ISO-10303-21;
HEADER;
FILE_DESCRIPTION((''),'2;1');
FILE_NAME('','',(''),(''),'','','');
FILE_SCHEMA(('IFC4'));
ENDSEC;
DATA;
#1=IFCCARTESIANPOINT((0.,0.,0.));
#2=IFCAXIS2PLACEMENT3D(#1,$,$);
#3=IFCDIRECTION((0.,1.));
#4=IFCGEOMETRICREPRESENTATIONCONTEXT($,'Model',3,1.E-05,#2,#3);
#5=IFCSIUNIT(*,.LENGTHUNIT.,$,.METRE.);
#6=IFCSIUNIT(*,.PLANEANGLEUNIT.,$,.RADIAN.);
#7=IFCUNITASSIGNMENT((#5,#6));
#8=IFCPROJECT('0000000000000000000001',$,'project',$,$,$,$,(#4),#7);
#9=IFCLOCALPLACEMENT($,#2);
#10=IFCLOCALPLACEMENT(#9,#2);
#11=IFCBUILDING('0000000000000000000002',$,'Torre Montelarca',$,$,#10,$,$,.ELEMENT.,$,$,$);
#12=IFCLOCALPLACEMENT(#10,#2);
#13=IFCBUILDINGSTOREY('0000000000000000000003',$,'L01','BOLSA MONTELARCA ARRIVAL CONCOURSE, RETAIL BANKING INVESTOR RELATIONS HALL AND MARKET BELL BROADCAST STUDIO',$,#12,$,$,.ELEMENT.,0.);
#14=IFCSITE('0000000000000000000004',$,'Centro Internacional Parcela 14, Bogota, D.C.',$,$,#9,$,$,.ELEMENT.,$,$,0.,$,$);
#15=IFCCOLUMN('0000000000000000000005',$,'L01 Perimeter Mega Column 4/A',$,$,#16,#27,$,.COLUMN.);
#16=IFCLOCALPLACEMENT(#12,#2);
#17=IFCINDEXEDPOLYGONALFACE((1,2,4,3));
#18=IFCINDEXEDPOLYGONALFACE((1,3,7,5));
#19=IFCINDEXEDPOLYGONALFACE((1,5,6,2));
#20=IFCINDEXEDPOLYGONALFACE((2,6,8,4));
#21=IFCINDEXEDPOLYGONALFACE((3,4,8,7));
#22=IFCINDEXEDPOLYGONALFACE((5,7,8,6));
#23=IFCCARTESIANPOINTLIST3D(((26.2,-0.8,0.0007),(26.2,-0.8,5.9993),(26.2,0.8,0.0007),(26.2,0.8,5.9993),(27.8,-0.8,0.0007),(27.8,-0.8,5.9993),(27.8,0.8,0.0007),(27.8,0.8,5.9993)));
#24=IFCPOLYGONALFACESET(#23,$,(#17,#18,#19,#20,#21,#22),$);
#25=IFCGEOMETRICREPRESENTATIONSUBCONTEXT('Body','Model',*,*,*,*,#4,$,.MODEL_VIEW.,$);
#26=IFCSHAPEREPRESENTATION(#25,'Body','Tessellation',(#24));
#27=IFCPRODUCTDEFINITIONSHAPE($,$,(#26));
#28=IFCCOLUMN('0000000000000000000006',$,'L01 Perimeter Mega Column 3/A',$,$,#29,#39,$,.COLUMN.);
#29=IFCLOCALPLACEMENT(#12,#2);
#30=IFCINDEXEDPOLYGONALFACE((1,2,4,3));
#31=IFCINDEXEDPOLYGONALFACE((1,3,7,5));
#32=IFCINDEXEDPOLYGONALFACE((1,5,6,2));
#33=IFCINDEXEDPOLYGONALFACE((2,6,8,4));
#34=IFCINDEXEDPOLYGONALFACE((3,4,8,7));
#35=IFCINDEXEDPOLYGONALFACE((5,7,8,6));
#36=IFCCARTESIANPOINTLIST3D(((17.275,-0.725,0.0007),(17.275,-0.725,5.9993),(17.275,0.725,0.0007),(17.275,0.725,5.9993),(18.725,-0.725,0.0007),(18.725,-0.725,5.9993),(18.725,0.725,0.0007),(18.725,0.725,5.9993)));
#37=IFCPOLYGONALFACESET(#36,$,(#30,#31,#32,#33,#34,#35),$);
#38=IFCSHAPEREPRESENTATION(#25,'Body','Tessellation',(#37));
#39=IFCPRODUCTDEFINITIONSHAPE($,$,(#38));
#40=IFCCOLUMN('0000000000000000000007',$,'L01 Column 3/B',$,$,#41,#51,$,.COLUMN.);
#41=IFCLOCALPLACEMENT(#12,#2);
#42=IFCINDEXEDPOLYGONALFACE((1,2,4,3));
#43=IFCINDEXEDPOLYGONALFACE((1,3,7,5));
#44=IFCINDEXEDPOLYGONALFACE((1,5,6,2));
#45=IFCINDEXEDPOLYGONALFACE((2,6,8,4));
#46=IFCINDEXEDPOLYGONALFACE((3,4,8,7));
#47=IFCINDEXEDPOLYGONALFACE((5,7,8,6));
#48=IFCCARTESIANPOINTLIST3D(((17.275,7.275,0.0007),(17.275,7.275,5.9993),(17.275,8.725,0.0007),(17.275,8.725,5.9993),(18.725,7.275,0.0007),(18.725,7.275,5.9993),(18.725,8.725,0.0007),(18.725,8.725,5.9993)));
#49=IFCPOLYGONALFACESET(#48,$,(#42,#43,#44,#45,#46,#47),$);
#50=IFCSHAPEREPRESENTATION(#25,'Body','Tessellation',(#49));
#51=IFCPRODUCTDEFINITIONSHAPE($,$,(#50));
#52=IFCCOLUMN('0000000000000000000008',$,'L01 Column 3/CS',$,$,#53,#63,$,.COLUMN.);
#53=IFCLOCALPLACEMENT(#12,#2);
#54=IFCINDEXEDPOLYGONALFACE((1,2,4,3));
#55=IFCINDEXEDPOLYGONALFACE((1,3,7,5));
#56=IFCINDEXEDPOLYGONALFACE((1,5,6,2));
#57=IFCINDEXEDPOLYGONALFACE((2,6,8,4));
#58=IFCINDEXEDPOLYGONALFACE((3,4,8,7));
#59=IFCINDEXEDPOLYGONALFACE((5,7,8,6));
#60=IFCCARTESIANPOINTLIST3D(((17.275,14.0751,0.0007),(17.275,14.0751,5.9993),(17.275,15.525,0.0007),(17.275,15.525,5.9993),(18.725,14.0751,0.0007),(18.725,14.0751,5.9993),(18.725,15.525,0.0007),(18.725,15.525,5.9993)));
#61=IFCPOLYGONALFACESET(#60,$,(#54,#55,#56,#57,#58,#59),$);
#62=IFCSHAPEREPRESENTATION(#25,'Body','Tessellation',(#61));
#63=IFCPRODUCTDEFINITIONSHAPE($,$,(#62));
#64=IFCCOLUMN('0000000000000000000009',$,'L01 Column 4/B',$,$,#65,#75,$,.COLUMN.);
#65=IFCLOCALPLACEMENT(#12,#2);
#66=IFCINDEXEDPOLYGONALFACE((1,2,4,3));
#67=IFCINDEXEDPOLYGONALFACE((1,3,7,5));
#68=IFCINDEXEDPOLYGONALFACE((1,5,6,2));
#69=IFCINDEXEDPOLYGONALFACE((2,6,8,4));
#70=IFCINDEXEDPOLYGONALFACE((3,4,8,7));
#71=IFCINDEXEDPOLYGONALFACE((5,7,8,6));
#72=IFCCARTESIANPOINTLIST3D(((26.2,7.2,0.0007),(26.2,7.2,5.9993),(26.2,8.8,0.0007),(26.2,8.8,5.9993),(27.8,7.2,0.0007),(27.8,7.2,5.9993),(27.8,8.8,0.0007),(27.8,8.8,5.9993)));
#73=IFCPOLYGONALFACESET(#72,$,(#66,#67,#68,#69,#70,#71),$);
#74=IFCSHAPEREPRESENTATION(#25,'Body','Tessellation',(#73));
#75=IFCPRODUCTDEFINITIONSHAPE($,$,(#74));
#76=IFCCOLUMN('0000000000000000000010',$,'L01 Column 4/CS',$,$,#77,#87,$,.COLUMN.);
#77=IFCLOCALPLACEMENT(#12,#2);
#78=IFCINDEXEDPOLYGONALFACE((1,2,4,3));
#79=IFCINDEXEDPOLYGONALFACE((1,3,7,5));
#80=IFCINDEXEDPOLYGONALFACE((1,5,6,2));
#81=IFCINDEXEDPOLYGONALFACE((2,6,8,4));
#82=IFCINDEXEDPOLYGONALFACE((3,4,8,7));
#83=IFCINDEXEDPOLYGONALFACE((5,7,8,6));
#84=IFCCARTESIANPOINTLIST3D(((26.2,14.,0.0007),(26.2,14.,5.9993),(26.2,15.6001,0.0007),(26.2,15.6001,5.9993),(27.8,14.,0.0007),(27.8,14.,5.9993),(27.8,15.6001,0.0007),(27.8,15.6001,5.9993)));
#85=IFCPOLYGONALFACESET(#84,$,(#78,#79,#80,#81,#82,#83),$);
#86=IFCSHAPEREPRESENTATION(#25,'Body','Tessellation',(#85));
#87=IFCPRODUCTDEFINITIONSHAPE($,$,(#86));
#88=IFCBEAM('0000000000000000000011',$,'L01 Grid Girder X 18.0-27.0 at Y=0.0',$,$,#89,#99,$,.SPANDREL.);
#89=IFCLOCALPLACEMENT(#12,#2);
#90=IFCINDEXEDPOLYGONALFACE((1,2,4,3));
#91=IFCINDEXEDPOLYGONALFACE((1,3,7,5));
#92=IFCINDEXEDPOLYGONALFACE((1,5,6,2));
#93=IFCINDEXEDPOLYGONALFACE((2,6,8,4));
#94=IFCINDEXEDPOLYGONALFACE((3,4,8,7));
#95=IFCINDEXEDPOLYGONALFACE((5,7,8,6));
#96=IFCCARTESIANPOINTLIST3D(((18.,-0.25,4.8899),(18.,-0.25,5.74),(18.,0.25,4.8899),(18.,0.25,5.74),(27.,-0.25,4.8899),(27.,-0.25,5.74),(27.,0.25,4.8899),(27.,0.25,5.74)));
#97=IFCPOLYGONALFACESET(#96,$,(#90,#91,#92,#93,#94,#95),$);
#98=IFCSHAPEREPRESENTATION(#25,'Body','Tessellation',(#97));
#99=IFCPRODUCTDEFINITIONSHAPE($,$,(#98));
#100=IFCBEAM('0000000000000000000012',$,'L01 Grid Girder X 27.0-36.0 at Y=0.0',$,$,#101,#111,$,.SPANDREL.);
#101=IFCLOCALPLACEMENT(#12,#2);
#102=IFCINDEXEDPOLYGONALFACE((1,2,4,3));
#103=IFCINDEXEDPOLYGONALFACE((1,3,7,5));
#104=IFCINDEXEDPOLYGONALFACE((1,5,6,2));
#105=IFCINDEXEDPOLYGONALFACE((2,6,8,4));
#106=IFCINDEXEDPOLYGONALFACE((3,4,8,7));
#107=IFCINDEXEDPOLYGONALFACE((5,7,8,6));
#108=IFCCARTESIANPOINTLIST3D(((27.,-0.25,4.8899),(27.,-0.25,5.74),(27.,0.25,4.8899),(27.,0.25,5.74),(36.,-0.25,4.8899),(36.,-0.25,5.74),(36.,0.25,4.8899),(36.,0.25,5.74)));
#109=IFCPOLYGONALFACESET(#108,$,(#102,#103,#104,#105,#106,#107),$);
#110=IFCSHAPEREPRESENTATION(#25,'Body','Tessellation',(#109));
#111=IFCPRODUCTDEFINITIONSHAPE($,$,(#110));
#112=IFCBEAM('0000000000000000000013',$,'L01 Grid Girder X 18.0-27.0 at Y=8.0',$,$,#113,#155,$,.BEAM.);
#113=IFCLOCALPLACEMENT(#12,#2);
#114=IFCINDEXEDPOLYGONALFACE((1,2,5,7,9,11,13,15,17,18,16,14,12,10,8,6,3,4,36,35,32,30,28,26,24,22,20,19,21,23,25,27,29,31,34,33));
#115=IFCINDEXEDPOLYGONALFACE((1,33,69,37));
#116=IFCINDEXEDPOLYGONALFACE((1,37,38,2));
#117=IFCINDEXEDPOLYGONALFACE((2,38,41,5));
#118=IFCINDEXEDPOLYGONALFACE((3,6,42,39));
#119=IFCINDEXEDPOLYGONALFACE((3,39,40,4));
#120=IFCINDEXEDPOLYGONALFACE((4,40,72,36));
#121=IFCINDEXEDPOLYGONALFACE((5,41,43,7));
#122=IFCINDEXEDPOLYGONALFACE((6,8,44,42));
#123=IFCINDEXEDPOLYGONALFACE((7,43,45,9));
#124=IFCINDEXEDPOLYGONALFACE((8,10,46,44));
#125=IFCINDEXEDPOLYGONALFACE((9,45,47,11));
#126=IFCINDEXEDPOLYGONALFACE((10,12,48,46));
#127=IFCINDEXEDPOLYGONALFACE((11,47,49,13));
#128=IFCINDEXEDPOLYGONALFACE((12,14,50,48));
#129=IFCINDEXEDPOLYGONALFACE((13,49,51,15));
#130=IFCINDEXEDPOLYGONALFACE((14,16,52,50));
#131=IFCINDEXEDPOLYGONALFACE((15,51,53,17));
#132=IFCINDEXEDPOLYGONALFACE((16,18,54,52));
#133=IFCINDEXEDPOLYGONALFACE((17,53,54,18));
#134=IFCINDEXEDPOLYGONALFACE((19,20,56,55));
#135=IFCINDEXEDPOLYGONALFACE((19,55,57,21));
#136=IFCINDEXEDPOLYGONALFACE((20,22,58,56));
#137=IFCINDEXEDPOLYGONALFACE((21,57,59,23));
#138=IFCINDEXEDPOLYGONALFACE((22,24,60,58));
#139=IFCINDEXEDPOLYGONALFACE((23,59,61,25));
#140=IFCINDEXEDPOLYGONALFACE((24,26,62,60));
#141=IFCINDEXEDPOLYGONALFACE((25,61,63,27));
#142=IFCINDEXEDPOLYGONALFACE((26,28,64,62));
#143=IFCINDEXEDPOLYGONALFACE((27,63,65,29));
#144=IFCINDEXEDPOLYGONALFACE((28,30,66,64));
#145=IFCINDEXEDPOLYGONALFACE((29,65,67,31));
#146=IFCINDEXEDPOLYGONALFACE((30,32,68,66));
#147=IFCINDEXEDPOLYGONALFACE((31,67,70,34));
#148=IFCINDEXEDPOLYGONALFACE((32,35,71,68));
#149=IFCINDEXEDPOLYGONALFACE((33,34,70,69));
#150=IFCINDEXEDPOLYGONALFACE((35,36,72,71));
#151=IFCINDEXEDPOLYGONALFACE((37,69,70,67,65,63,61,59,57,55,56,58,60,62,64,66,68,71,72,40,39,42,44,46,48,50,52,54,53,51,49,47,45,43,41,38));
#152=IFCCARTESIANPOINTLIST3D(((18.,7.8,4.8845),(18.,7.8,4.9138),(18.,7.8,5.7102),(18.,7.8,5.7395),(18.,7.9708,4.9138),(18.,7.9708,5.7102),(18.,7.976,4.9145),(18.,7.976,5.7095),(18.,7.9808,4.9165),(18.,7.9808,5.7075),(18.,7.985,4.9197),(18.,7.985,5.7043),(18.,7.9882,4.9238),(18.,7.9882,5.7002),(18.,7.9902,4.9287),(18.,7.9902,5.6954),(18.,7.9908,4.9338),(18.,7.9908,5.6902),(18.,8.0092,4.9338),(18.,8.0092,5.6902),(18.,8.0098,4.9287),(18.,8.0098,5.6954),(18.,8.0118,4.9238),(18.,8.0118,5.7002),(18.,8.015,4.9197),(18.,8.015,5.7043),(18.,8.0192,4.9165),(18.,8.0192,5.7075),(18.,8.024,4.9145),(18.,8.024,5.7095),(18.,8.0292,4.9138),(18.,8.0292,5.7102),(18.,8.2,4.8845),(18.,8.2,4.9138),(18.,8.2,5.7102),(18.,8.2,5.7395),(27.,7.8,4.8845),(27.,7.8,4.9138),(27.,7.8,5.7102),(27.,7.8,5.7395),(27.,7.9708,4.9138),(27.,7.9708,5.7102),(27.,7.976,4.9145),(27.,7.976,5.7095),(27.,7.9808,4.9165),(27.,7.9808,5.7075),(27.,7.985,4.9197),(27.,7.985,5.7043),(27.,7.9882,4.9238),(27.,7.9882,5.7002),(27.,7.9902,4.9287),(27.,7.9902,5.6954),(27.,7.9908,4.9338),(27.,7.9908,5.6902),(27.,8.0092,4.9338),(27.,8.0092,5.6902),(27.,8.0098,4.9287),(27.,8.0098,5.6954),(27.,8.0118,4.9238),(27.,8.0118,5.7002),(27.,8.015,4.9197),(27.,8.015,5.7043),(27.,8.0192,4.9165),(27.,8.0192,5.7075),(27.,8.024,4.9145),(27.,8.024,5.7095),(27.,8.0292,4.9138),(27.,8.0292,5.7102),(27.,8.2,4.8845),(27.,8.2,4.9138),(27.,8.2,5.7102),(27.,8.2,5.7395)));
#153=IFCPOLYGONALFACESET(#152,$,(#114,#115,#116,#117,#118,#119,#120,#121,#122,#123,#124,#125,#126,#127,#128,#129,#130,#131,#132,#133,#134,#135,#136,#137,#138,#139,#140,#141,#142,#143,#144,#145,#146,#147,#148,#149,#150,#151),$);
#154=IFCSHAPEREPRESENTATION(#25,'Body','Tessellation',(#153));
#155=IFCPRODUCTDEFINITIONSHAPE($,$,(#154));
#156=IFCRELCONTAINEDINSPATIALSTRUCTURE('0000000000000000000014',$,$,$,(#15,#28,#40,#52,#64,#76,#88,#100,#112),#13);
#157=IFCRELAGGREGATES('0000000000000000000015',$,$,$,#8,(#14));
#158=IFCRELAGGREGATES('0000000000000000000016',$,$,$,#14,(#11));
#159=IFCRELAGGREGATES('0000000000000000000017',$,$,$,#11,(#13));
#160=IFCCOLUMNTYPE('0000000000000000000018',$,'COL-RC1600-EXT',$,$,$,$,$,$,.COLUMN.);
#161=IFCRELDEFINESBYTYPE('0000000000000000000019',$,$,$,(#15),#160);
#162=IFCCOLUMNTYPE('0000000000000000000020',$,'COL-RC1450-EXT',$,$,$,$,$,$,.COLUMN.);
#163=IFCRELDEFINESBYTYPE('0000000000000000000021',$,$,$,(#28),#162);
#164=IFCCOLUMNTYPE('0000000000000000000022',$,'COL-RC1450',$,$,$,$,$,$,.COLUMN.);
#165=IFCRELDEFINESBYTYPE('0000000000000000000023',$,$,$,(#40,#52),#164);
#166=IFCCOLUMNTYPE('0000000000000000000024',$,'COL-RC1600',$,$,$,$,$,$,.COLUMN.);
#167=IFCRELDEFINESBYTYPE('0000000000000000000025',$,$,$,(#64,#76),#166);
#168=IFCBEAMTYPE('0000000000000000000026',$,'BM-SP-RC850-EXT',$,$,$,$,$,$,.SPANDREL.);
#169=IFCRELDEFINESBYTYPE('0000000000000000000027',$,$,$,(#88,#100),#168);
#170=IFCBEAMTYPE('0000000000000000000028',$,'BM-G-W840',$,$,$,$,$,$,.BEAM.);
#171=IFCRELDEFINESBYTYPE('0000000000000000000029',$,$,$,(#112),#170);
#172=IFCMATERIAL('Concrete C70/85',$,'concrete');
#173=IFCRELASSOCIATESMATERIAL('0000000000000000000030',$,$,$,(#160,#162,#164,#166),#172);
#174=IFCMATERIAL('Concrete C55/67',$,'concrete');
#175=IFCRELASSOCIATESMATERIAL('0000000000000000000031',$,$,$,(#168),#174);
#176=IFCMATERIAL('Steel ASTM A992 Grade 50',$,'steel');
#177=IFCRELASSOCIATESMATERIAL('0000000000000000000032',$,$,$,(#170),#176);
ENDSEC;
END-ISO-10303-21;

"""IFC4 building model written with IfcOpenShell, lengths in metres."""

from ifc_helpers import new_model, si_unit, direction, frame, origin, origin_2d, place, context, subcontext, project, spatial, rectangle, i_section, extrude, source, transform, mapped, material, material_profile, profile_set, type_object, element, save


model = new_model("IFC4")

# Units and contexts
model_context = context("Model", 3, precision=1e-05, world=origin(), true_north=direction((0.0, 1.0)))
body_context = subcontext(model_context, "Body", "Model", "MODEL_VIEW")
ifc_project = project(units=[si_unit("LENGTHUNIT", "METRE"), si_unit("PLANEANGLEUNIT", "RADIAN")], contexts=[model_context])

# Site, building, storey
site_placement = place(None, origin())
site = spatial("IfcSite", under=ifc_project, at=site_placement, Name="Centro Internacional Parcela 14, Bogota, D.C.", CompositionType="ELEMENT", RefElevation=0.0)
building_placement = place(site_placement, origin())
building = spatial("IfcBuilding", under=site, at=building_placement, Name="Torre Montelarca", CompositionType="ELEMENT")
storey_placement = place(building_placement, origin())
storey = spatial("IfcBuildingStorey", under=building, at=storey_placement, Name="L01", Description="BOLSA MONTELARCA ARRIVAL CONCOURSE, RETAIL BANKING INVESTOR RELATIONS HALL AND MARKET BELL BROADCAST STUDIO", CompositionType="ELEMENT", Elevation=0.0)

# Columns
ifc_material_1 = material(Name="Concrete C70/85", Category="concrete")
ifc_material_profile_1 = material_profile(ifc_material_1, rectangle(XDim=1.6001, YDim=1.6001, at=origin_2d()), Name="RC1600X1600", Category="concrete")
ifc_profile_set_1 = profile_set([ifc_material_profile_1], Name="Concrete C70/85")
column_type_1 = type_object("IfcColumnType", Name="COL-RC1600-EXT", PredefinedType="COLUMN", material=ifc_profile_set_1)
shared_shape_1 = source(origin(), body_context, "Body", "SweptSolid", [
    extrude(rectangle(XDim=1.6001, YDim=1.6001, at=origin_2d()), origin(), (0.0, 0.0, 1.0), 5.9985),
])
column_1_placement = place(storey_placement, frame((27.0, 0.0, 0.0007), z_axis=(0.0, 0.0, 1.0), x_axis=(1.0, 0.0, 0.0)))
element("IfcColumn", 1, at=column_1_placement, inside=storey, type_object=column_type_1, Name="L01 Perimeter Mega Column 4/A", PredefinedType="COLUMN", context=body_context, shape_type="MappedRepresentation", body=[
    mapped(shared_shape_1, transform((0.0, 0.0, 0.0), scale=1.0)),
])
ifc_material_profile_2 = material_profile(ifc_material_1, rectangle(XDim=1.45, YDim=1.45, at=origin_2d()), Name="RC1450X1450", Category="concrete")
ifc_profile_set_2 = profile_set([ifc_material_profile_2], Name="Concrete C70/85")
column_type_2 = type_object("IfcColumnType", Name="COL-RC1450-EXT", PredefinedType="COLUMN", material=ifc_profile_set_2)
shared_shape_2 = source(origin(), body_context, "Body", "SweptSolid", [
    extrude(rectangle(XDim=1.45, YDim=1.45, at=origin_2d()), origin(), (0.0, 0.0, 1.0), 5.9985),
])
column_2_placement = place(storey_placement, frame((18.0, 0.0, 0.0007), z_axis=(0.0, 0.0, 1.0), x_axis=(1.0, 0.0, 0.0)))
element("IfcColumn", 2, at=column_2_placement, inside=storey, type_object=column_type_2, Name="L01 Perimeter Mega Column 3/A", PredefinedType="COLUMN", context=body_context, shape_type="MappedRepresentation", body=[
    mapped(shared_shape_2, transform((0.0, 0.0, 0.0), scale=1.0)),
])
ifc_material_profile_3 = material_profile(ifc_material_1, rectangle(XDim=1.45, YDim=1.45, at=origin_2d()), Name="RC1450X1450", Category="concrete")
ifc_profile_set_3 = profile_set([ifc_material_profile_3], Name="Concrete C70/85")
column_type_3 = type_object("IfcColumnType", Name="COL-RC1450", PredefinedType="COLUMN", material=ifc_profile_set_3)
shared_shape_3 = source(origin(), body_context, "Body", "SweptSolid", [
    extrude(rectangle(XDim=1.45, YDim=1.45, at=origin_2d()), origin(), (0.0, 0.0, 1.0), 5.9985),
])
for number, where, z_axis, x_axis, name in (
    (3, (18.0, 8.0, 0.0007), (0.0, 0.0, 1.0), (1.0, 0.0, 0.0), "L01 Column 3/B"),
    (4, (18.0, 14.8, 0.0007), (0.0, 0.0, 1.0), (1.0, 0.0, 0.0), "L01 Column 3/CS"),
):
    element("IfcColumn", number, at=place(storey_placement, frame(where, z_axis=z_axis, x_axis=x_axis)), inside=storey, type_object=column_type_3, Name=name, PredefinedType="COLUMN", context=body_context, shape_type="MappedRepresentation", body=[
        mapped(shared_shape_3, transform((0.0, 0.0, 0.0), scale=1.0)),
    ])
ifc_material_profile_4 = material_profile(ifc_material_1, rectangle(XDim=1.6001, YDim=1.6001, at=origin_2d()), Name="RC1600X1600", Category="concrete")
ifc_profile_set_4 = profile_set([ifc_material_profile_4], Name="Concrete C70/85")
column_type_4 = type_object("IfcColumnType", Name="COL-RC1600", PredefinedType="COLUMN", material=ifc_profile_set_4)
shared_shape_4 = source(origin(), body_context, "Body", "SweptSolid", [
    extrude(rectangle(XDim=1.6001, YDim=1.6001, at=origin_2d()), origin(), (0.0, 0.0, 1.0), 5.9985),
])
for number, where, z_axis, x_axis, name in (
    (5, (27.0, 8.0, 0.0007), (0.0, 0.0, 1.0), (1.0, 0.0, 0.0), "L01 Column 4/B"),
    (6, (27.0, 14.8, 0.0007), (0.0, 0.0, 1.0), (1.0, 0.0, 0.0), "L01 Column 4/CS"),
):
    element("IfcColumn", number, at=place(storey_placement, frame(where, z_axis=z_axis, x_axis=x_axis)), inside=storey, type_object=column_type_4, Name=name, PredefinedType="COLUMN", context=body_context, shape_type="MappedRepresentation", body=[
        mapped(shared_shape_4, transform((0.0, 0.0, 0.0), scale=1.0)),
    ])

# Beams
ifc_material_2 = material(Name="Concrete C55/67", Category="concrete")
ifc_material_profile_5 = material_profile(ifc_material_2, rectangle(XDim=0.5, YDim=0.8501, at=origin_2d()), Name="RCB500X850", Category="concrete")
ifc_profile_set_5 = profile_set([ifc_material_profile_5], Name="Concrete C55/67")
beam_type_1 = type_object("IfcBeamType", Name="BM-SP-RC850-EXT", PredefinedType="SPANDREL", material=ifc_profile_set_5)
shared_shape_5 = source(origin(), body_context, "Body", "SweptSolid", [
    extrude(rectangle(XDim=0.5, YDim=0.8501, at=origin_2d()), origin(), (0.0, 0.0, 1.0), 9.0),
])
for number, where, z_axis, x_axis, name in (
    (7, (18.0, 0.0, 5.3149), (1.0, 0.0, 0.0), (0.0, 1.0, 0.0), "L01 Grid Girder X 18.0-27.0 at Y=0.0"),
    (8, (27.0, 0.0, 5.3149), (1.0, 0.0, 0.0), (0.0, 1.0, 0.0), "L01 Grid Girder X 27.0-36.0 at Y=0.0"),
):
    element("IfcBeam", number, at=place(storey_placement, frame(where, z_axis=z_axis, x_axis=x_axis)), inside=storey, type_object=beam_type_1, Name=name, PredefinedType="SPANDREL", context=body_context, shape_type="MappedRepresentation", body=[
        mapped(shared_shape_5, transform((0.0, 0.0, 0.0), scale=1.0)),
    ])
ifc_material_3 = material(Name="Steel ASTM A992 Grade 50", Category="steel")
ifc_material_profile_6 = material_profile(ifc_material_3, i_section(OverallWidth=0.3999, OverallDepth=0.855, WebThickness=0.0183, FlangeThickness=0.0293, FilletRadius=0.02, at=origin_2d()), Name="W840X299", Category="steel")
ifc_profile_set_6 = profile_set([ifc_material_profile_6], Name="Steel ASTM A992 Grade 50")
beam_type_2 = type_object("IfcBeamType", Name="BM-G-W840", PredefinedType="BEAM", material=ifc_profile_set_6)
shared_shape_6 = source(origin(), body_context, "Body", "SweptSolid", [
    extrude(i_section(OverallWidth=0.3999, OverallDepth=0.855, WebThickness=0.0183, FlangeThickness=0.0293, FilletRadius=0.02, at=origin_2d()), origin(), (0.0, 0.0, 1.0), 9.0),
])
for number, where, z_axis, x_axis, name in (
    (9, (18.0, 8.0, 5.312), (1.0, 0.0, 0.0), (0.0, 1.0, 0.0), "L01 Grid Girder X 18.0-27.0 at Y=8.0"),
):
    element("IfcBeam", number, at=place(storey_placement, frame(where, z_axis=z_axis, x_axis=x_axis)), inside=storey, type_object=beam_type_2, Name=name, PredefinedType="BEAM", context=body_context, shape_type="MappedRepresentation", body=[
        mapped(shared_shape_6, transform((0.0, 0.0, 0.0), scale=1.0)),
    ])

save(model, "model.ifc")
